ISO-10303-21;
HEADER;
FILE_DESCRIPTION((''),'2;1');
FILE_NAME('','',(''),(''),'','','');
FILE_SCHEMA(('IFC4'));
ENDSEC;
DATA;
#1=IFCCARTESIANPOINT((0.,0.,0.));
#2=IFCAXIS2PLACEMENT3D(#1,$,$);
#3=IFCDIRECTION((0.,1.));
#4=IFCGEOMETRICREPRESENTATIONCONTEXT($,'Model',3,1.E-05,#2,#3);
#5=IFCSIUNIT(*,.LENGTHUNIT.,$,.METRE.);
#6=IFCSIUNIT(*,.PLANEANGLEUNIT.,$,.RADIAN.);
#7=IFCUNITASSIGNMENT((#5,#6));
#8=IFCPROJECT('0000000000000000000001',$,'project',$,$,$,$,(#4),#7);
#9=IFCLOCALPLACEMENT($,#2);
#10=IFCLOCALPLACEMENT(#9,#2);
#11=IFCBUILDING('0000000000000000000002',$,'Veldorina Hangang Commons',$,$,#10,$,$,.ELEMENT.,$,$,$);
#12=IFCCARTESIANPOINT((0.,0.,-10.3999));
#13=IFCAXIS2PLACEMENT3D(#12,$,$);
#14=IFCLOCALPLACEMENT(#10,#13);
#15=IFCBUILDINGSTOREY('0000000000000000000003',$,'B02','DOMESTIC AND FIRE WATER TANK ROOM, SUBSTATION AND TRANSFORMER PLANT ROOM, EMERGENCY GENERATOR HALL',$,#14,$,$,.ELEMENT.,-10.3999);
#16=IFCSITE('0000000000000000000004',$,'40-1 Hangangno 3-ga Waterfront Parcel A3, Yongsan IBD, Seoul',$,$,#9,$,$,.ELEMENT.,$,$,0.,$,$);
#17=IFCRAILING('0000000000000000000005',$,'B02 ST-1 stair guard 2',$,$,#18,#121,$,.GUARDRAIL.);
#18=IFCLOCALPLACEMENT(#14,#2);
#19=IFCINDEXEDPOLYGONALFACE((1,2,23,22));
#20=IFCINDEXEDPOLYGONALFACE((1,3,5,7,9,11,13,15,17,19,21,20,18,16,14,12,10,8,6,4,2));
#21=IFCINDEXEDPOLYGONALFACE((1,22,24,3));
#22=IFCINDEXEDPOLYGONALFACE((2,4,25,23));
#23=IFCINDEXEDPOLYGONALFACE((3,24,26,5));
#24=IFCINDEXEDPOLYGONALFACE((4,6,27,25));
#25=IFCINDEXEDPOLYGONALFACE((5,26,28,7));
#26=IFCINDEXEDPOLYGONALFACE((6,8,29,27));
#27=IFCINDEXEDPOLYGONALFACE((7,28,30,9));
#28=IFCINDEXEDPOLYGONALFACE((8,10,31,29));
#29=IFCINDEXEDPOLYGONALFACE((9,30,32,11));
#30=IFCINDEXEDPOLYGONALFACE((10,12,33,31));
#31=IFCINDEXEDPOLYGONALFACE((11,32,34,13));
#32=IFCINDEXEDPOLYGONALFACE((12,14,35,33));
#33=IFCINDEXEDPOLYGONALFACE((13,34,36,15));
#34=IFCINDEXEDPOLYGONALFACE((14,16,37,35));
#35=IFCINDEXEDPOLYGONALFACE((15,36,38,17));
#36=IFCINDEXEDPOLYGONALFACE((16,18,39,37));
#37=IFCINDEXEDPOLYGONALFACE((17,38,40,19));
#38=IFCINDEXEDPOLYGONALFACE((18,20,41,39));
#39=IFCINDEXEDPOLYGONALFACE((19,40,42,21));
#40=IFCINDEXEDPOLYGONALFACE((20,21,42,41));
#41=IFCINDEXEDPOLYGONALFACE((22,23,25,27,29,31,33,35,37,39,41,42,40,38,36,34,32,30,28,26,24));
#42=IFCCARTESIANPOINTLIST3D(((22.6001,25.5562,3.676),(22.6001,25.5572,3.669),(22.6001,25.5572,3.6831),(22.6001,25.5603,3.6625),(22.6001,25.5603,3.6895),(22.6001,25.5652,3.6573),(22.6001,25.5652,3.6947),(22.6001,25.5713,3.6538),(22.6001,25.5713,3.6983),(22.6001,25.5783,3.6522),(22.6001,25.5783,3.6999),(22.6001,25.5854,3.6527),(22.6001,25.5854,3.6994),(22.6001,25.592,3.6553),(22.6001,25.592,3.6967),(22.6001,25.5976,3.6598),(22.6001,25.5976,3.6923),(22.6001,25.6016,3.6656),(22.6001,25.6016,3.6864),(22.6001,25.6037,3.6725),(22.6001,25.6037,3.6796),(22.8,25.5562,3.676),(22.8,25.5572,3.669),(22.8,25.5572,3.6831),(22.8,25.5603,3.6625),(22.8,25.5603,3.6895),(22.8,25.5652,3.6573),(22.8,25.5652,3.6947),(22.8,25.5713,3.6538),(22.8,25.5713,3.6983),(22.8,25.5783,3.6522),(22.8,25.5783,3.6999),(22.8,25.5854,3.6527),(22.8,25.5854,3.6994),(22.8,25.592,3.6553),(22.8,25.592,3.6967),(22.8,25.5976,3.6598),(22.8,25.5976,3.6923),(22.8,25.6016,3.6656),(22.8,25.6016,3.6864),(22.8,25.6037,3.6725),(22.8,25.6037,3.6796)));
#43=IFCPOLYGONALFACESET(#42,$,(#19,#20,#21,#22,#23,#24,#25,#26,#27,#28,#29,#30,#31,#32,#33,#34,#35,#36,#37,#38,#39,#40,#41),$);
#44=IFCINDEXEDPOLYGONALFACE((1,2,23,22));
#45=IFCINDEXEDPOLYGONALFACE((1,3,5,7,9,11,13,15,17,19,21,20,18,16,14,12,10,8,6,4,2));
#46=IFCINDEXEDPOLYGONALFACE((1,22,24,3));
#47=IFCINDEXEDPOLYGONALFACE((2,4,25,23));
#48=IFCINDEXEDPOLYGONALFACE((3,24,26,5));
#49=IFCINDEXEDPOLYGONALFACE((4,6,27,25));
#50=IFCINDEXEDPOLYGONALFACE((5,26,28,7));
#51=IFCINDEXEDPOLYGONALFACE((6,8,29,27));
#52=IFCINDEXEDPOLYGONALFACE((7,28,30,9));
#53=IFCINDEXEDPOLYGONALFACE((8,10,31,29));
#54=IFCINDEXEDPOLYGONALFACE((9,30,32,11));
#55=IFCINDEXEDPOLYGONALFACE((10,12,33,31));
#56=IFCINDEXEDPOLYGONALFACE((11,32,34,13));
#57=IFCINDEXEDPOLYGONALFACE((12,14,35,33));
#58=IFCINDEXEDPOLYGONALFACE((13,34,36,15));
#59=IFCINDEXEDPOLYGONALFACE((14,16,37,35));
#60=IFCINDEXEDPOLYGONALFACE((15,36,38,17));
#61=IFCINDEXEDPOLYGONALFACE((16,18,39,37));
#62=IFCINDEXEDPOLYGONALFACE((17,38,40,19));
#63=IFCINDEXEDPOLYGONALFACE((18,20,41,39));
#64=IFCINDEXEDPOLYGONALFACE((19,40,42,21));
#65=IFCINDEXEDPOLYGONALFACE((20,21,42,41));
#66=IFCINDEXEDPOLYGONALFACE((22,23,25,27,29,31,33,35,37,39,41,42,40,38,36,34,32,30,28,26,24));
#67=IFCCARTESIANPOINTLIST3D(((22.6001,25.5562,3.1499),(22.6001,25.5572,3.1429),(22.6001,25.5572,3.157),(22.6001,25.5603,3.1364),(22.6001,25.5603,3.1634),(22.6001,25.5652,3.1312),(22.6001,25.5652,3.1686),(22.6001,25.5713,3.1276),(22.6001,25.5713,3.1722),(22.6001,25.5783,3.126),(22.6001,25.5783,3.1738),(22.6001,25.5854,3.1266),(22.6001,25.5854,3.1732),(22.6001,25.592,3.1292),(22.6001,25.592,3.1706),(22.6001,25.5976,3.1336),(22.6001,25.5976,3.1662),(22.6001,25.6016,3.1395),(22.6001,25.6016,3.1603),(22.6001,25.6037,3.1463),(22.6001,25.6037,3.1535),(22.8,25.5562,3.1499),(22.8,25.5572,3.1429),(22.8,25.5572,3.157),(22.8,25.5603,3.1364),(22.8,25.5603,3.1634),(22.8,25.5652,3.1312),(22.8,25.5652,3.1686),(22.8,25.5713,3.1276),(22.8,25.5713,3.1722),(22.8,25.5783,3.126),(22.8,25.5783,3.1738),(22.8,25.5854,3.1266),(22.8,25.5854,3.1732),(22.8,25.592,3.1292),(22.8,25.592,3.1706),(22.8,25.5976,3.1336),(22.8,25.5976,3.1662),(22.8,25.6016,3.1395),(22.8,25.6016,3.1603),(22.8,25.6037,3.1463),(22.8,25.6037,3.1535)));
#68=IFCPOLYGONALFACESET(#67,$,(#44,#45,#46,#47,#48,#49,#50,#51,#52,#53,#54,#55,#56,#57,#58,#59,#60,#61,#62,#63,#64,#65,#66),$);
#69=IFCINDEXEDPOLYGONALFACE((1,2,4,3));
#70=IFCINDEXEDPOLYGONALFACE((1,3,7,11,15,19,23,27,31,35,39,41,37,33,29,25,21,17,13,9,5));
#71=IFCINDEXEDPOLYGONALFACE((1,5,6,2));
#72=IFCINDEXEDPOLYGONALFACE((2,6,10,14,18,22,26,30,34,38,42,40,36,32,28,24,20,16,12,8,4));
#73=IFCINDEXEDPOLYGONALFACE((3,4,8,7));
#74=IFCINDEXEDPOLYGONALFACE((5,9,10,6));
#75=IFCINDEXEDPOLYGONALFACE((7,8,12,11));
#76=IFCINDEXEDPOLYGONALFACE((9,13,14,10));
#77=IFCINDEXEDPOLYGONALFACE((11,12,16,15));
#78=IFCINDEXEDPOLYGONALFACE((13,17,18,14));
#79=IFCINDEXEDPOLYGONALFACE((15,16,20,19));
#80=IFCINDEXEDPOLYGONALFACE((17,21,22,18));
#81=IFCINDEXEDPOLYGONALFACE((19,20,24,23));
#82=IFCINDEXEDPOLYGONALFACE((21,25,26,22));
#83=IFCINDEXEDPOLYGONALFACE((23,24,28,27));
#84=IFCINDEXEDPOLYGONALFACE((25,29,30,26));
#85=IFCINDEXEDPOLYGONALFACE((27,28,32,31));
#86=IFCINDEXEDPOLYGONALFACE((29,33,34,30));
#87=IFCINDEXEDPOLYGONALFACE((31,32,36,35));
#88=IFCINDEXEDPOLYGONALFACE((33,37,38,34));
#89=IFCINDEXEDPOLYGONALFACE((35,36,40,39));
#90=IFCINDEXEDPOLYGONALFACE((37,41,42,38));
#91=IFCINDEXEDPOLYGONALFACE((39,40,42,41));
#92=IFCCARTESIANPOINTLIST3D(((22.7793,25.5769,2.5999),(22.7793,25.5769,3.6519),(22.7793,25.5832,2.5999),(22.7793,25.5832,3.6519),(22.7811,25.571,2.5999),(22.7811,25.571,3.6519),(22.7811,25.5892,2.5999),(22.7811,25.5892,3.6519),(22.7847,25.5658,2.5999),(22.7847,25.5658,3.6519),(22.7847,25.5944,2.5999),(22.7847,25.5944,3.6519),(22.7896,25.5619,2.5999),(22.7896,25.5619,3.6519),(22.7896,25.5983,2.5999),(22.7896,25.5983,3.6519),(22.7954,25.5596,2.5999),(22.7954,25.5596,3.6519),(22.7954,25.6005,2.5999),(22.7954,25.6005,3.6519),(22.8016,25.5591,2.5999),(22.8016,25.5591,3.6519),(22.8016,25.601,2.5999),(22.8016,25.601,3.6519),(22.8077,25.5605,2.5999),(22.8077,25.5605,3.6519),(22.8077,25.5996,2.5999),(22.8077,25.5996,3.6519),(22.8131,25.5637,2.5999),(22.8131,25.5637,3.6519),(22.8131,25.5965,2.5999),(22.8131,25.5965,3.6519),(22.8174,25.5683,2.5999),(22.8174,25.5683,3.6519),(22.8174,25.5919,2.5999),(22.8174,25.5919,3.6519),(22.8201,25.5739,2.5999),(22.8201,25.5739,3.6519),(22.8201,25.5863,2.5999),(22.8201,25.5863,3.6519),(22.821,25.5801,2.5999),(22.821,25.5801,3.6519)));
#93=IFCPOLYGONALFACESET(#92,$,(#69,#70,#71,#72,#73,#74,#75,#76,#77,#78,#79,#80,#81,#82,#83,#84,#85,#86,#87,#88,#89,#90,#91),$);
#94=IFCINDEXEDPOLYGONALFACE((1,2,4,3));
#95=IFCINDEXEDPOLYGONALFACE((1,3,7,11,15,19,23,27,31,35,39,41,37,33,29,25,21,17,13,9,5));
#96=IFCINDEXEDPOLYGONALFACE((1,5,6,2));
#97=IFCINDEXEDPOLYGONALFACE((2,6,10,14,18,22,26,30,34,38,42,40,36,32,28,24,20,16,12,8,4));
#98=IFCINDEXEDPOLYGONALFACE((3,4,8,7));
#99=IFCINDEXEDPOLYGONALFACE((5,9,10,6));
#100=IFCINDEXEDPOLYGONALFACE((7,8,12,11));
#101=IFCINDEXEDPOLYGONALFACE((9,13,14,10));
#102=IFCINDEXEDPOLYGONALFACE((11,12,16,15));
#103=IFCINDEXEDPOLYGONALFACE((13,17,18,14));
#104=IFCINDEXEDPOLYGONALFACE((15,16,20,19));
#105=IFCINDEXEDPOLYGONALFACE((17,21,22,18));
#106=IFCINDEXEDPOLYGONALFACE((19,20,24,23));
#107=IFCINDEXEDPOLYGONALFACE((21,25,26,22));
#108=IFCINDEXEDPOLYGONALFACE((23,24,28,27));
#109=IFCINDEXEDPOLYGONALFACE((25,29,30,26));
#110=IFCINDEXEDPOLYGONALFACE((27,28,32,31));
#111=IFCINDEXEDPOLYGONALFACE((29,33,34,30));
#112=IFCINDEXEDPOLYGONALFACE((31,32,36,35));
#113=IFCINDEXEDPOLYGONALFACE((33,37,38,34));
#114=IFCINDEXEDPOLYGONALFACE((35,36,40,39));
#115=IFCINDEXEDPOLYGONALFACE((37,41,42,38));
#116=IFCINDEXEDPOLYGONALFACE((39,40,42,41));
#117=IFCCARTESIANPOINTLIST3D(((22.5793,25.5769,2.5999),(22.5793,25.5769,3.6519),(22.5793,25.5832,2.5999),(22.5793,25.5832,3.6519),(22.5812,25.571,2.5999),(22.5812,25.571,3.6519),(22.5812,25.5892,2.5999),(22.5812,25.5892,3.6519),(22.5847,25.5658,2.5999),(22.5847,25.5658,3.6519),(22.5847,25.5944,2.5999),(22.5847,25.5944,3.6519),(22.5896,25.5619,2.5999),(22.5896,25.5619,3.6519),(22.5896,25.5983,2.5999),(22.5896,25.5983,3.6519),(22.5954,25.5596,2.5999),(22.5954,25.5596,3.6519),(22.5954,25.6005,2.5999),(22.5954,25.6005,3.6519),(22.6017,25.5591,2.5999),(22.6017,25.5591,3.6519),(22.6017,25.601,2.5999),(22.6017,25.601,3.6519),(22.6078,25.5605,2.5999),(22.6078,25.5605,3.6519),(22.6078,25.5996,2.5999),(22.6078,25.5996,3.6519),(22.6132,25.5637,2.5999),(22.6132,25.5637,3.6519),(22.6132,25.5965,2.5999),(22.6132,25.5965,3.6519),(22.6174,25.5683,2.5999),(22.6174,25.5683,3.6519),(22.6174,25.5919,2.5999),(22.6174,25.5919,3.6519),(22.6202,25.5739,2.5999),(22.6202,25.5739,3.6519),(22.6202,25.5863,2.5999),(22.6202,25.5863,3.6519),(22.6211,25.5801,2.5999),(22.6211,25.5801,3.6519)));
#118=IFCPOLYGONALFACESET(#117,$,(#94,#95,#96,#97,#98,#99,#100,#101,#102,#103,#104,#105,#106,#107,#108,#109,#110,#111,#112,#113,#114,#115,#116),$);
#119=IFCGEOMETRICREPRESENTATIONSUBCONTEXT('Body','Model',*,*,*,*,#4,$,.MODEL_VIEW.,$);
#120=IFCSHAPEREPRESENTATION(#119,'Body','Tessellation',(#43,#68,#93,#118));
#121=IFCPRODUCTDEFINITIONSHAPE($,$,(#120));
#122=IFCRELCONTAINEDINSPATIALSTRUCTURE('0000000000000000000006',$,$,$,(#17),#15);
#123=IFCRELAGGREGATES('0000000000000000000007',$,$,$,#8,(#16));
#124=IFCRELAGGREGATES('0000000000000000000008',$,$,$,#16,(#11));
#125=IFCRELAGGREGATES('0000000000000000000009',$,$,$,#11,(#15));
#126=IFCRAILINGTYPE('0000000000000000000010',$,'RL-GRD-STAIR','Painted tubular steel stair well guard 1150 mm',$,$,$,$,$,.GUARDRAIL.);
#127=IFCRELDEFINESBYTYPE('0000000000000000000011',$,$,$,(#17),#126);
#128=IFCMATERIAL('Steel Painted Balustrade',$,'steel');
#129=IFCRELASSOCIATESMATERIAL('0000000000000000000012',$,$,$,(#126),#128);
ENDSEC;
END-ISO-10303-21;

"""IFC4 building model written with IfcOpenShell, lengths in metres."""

from ifc_helpers import new_model, si_unit, direction, frame, origin, origin_2d, place, context, subcontext, project, spatial, circle, extrude, material, type_object, element, save


model = new_model("IFC4")

# Units and contexts
model_context = context("Model", 3, precision=1e-05, world=origin(), true_north=direction((0.0, 1.0)))
body_context = subcontext(model_context, "Body", "Model", "MODEL_VIEW")
ifc_project = project(units=[si_unit("LENGTHUNIT", "METRE"), si_unit("PLANEANGLEUNIT", "RADIAN")], contexts=[model_context])

# Site, building, storey
site_placement = place(None, origin())
site = spatial("IfcSite", under=ifc_project, at=site_placement, Name="40-1 Hangangno 3-ga Waterfront Parcel A3, Yongsan IBD, Seoul", CompositionType="ELEMENT", RefElevation=0.0)
building_placement = place(site_placement, origin())
building = spatial("IfcBuilding", under=site, at=building_placement, Name="Veldorina Hangang Commons", CompositionType="ELEMENT")
storey_placement = place(building_placement, frame((0.0, 0.0, -10.3999)))
storey = spatial("IfcBuildingStorey", under=building, at=storey_placement, Name="B02", Description="DOMESTIC AND FIRE WATER TANK ROOM, SUBSTATION AND TRANSFORMER PLANT ROOM, EMERGENCY GENERATOR HALL", CompositionType="ELEMENT", Elevation=-10.3999)

# Railing
ifc_material_1 = material(Name="Steel Painted Balustrade", Category="steel")
railing_type_1 = type_object("IfcRailingType", Name="RL-GRD-STAIR", Description="Painted tubular steel stair well guard 1150 mm", PredefinedType="GUARDRAIL", material=ifc_material_1)
railing_1_placement = place(storey_placement, frame((22.8, 25.5801, 2.5999)))
element("IfcRailing", 1, at=railing_1_placement, inside=storey, type_object=railing_type_1, Name="B02 ST-1 stair guard 2", PredefinedType="GUARDRAIL", context=body_context, shape_type="SweptSolid", body=[
    extrude(circle(Radius=0.0239, at=origin_2d()), frame((0.0, 0.0, 1.0762), z_axis=(-1.0, 0.0, 0.0), x_axis=(0.0, -1.0, 0.0)), (0.0, 0.0, 1.0), 0.2),
    extrude(circle(Radius=0.0239, at=origin_2d()), frame((0.0, 0.0, 0.55), z_axis=(-1.0, 0.0, 0.0), x_axis=(0.0, -1.0, 0.0)), (0.0, 0.0, 1.0), 0.2),
    extrude(circle(Radius=0.021, at=origin_2d()), origin(), (0.0, 0.0, 1.0), 1.052),
    extrude(circle(Radius=0.021, at=origin_2d()), frame((-0.2, 0.0, 0.0)), (0.0, 0.0, 1.0), 1.052),
])

save(model, "model.ifc")
